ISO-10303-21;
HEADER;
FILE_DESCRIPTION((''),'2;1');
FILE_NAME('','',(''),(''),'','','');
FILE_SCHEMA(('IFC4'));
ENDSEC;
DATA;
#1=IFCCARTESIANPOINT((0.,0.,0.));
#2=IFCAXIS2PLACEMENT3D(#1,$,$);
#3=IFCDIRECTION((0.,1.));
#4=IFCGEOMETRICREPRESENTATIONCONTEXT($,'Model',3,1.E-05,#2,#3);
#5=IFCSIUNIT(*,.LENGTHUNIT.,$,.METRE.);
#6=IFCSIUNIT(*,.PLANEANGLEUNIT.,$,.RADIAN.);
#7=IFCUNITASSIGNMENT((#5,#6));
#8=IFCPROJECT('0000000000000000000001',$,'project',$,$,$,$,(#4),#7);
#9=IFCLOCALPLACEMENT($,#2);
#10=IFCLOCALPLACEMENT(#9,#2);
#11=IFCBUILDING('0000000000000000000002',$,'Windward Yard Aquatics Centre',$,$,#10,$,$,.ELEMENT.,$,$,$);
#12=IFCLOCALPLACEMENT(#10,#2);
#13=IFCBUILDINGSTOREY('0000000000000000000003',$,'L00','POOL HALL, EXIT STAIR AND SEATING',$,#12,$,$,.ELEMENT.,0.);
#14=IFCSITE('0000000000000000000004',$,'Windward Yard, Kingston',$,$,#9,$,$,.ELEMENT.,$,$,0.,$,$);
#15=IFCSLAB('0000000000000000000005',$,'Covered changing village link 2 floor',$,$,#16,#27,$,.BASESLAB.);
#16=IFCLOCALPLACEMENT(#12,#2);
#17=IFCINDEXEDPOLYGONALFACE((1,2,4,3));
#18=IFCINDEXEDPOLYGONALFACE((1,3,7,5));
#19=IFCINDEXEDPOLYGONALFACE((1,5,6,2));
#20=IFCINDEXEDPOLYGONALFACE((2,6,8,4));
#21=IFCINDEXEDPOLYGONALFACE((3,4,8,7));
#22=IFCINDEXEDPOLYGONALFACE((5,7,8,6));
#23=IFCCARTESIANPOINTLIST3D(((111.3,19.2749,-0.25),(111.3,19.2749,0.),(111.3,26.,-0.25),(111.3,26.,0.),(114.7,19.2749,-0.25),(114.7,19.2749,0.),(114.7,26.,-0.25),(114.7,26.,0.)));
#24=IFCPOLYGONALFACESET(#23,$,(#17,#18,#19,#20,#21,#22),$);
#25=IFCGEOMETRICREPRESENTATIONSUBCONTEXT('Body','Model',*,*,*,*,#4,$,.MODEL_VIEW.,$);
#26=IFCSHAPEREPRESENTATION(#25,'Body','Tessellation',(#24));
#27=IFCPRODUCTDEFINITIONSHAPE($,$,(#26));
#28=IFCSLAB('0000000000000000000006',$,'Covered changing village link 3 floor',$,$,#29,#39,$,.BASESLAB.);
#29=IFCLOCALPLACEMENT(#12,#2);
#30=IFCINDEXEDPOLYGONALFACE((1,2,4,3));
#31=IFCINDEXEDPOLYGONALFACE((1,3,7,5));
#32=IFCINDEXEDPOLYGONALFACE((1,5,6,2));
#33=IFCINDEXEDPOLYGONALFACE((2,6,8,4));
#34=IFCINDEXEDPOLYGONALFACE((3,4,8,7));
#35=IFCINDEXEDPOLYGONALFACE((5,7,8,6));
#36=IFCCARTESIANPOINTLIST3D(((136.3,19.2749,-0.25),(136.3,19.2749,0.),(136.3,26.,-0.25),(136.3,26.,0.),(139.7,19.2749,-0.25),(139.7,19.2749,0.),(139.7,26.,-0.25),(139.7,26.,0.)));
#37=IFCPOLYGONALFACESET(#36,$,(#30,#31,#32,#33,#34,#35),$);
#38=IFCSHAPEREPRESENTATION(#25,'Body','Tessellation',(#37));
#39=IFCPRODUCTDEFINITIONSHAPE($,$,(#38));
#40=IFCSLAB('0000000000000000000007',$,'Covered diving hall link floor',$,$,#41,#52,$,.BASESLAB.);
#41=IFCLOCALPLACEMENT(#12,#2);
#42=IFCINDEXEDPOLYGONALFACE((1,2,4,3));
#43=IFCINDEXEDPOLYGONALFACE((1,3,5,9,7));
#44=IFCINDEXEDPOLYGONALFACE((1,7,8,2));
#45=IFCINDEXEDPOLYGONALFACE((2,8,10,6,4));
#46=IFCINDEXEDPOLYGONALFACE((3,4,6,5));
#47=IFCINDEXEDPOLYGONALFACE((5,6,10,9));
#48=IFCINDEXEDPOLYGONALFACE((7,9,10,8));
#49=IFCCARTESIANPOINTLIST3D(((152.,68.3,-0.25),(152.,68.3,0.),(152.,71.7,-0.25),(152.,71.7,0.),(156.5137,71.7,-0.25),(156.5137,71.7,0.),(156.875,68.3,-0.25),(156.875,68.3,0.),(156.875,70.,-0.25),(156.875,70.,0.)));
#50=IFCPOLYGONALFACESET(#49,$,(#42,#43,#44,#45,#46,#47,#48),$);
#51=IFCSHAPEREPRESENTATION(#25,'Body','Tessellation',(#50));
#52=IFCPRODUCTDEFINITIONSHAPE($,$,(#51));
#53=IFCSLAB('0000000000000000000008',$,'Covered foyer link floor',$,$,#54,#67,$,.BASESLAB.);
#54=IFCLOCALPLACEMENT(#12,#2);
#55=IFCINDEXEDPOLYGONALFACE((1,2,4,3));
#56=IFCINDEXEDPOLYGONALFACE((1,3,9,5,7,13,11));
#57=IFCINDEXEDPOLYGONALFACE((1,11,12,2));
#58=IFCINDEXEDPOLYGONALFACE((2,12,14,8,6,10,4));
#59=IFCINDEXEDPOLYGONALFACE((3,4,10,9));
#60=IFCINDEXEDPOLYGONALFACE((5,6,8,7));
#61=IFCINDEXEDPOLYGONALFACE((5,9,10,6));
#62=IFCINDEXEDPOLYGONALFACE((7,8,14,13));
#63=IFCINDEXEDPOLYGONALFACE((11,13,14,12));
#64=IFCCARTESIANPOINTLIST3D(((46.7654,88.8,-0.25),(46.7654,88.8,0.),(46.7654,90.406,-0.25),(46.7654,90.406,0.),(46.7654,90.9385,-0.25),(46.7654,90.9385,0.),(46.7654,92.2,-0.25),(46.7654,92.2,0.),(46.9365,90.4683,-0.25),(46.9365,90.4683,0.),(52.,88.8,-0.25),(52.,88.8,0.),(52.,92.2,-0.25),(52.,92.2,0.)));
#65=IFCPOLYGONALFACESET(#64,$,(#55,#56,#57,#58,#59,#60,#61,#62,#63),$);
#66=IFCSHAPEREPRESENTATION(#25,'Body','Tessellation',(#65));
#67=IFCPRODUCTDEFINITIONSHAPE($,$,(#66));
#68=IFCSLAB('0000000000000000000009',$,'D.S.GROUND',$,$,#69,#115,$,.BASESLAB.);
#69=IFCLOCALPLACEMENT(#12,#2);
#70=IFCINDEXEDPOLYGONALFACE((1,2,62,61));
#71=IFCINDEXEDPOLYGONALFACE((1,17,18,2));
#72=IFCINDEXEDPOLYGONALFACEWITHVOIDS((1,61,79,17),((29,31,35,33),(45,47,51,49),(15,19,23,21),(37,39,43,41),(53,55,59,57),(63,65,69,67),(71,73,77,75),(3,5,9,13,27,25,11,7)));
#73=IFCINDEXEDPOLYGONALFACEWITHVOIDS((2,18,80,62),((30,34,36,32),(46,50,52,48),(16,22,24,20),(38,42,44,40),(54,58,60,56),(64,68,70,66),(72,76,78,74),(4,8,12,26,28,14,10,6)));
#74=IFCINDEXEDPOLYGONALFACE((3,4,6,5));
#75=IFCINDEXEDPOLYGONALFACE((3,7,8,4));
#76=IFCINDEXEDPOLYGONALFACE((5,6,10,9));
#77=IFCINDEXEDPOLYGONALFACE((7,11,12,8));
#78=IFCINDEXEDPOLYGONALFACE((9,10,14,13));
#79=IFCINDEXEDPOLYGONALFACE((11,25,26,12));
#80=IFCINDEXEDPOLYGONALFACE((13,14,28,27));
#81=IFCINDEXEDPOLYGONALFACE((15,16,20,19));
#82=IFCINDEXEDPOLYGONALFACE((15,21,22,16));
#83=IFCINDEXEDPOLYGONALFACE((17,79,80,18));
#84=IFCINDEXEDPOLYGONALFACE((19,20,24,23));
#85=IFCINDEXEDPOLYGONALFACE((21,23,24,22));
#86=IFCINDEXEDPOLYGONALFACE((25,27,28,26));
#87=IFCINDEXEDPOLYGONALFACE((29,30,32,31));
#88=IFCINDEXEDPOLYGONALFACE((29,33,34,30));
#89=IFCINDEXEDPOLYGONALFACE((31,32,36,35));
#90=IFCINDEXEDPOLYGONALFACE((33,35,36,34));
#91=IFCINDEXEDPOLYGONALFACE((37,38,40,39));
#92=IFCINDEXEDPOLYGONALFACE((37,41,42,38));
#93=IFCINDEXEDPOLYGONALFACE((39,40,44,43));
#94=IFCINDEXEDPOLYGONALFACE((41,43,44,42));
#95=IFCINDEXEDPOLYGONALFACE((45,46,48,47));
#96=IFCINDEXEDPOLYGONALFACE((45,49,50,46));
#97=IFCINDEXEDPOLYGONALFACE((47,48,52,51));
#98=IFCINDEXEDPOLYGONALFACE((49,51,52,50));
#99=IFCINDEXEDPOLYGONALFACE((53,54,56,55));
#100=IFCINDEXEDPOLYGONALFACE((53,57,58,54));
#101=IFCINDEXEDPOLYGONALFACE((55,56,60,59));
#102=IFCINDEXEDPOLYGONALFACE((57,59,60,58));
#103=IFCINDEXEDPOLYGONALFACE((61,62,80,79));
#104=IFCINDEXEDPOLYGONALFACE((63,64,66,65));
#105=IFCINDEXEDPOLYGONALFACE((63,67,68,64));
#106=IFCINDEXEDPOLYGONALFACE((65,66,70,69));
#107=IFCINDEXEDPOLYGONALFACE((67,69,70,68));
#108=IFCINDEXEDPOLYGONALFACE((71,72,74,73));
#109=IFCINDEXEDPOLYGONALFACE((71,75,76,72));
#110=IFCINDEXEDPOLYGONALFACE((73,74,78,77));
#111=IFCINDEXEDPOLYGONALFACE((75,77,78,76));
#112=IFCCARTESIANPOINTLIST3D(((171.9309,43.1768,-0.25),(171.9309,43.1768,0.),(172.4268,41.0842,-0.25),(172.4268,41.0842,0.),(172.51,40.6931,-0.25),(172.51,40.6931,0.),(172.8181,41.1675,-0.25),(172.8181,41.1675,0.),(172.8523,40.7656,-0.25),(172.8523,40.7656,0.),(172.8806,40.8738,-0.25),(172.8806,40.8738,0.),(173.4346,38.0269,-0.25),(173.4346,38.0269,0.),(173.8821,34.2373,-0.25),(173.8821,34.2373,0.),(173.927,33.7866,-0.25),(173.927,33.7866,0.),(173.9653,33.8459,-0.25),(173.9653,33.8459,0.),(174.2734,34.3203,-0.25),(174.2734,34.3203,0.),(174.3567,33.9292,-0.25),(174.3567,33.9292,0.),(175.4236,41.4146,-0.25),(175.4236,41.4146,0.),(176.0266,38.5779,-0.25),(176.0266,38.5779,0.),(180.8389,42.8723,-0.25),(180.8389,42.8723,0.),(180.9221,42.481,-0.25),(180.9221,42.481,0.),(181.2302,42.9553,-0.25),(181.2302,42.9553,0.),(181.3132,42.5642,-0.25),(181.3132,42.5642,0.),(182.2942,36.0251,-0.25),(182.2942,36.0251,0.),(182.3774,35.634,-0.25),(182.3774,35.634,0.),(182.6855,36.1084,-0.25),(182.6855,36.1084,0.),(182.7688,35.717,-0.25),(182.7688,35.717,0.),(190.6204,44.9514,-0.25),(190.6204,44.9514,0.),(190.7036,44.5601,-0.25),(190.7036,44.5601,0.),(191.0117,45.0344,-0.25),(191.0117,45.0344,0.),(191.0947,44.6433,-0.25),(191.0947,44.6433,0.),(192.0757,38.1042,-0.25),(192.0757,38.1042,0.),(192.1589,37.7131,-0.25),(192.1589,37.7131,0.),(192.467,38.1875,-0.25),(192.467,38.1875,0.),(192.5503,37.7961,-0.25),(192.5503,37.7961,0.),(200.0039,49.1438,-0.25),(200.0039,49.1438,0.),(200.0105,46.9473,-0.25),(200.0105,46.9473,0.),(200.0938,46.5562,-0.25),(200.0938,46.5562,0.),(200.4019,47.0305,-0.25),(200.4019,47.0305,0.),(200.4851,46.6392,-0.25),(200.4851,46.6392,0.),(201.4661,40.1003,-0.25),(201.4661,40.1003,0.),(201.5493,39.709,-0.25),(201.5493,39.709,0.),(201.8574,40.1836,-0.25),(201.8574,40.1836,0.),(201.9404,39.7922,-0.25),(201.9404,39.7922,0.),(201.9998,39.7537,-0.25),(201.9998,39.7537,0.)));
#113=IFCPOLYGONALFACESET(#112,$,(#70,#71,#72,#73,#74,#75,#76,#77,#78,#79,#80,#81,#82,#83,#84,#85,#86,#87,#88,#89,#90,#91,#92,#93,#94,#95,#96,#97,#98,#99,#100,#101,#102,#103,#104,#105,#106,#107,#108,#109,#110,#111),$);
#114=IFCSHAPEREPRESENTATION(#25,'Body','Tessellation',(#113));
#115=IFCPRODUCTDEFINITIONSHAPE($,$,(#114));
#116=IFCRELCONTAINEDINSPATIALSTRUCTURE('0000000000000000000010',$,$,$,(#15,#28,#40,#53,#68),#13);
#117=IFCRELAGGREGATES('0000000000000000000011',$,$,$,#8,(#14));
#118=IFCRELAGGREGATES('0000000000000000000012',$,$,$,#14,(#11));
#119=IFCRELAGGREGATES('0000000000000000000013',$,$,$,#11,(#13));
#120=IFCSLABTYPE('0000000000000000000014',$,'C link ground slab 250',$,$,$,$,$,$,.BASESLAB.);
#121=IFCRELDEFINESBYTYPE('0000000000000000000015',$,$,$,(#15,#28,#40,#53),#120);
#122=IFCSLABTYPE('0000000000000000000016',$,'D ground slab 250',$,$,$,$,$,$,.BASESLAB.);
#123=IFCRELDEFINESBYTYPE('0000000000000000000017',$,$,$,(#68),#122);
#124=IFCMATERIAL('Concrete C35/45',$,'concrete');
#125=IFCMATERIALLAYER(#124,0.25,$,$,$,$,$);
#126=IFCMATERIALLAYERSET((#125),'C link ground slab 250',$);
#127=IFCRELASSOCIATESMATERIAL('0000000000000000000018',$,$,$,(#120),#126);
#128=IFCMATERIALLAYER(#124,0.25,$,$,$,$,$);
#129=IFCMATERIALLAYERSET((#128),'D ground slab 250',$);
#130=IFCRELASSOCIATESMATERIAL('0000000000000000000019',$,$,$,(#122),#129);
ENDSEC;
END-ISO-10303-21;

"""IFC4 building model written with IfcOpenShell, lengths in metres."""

from ifc_helpers import new_model, si_unit, direction, frame, origin, place, context, subcontext, project, spatial, polyline, outline, extrude, material, layer, layer_set, type_object, element, save


model = new_model("IFC4")

# Units and contexts
model_context = context("Model", 3, precision=1e-05, world=origin(), true_north=direction((0.0, 1.0)))
body_context = subcontext(model_context, "Body", "Model", "MODEL_VIEW")
ifc_project = project(units=[si_unit("LENGTHUNIT", "METRE"), si_unit("PLANEANGLEUNIT", "RADIAN")], contexts=[model_context])

# Site, building, storey
site_placement = place(None, origin())
site = spatial("IfcSite", under=ifc_project, at=site_placement, Name="Windward Yard, Kingston", CompositionType="ELEMENT", RefElevation=0.0)
building_placement = place(site_placement, origin())
building = spatial("IfcBuilding", under=site, at=building_placement, Name="Windward Yard Aquatics Centre", CompositionType="ELEMENT")
storey_placement = place(building_placement, origin())
storey = spatial("IfcBuildingStorey", under=building, at=storey_placement, Name="L00", Description="POOL HALL, EXIT STAIR AND SEATING", CompositionType="ELEMENT", Elevation=0.0)

# Slabs
ifc_material_1 = material(Name="Concrete C35/45", Category="concrete")
ifc_layer_1 = layer(ifc_material_1, 0.25)
ifc_layer_set_1 = layer_set([ifc_layer_1], Name="C link ground slab 250")
slab_type_1 = type_object("IfcSlabType", Name="C link ground slab 250", PredefinedType="BASESLAB", material=ifc_layer_set_1)
slab_1_placement = place(storey_placement, frame((0.0, 0.0, -0.25)))
element("IfcSlab", 1, at=slab_1_placement, inside=storey, type_object=slab_type_1, Name="Covered changing village link 2 floor", PredefinedType="BASESLAB", context=body_context, shape_type="SweptSolid", body=[
    extrude(outline(polyline([(111.3, 19.2749), (111.3, 26.0), (114.7, 26.0), (114.7, 19.2749), (111.3, 19.2749)])), origin(), (0.0, 0.0, 1.0), 0.25),
])
slab_2_placement = place(storey_placement, frame((0.0, 0.0, -0.25)))
element("IfcSlab", 2, at=slab_2_placement, inside=storey, type_object=slab_type_1, Name="Covered changing village link 3 floor", PredefinedType="BASESLAB", context=body_context, shape_type="SweptSolid", body=[
    extrude(outline(polyline([(136.3, 19.2749), (136.3, 26.0), (139.7, 26.0), (139.7, 19.2749), (136.3, 19.2749)])), origin(), (0.0, 0.0, 1.0), 0.25),
])
slab_3_placement = place(storey_placement, frame((0.0, 0.0, -0.25)))
element("IfcSlab", 3, at=slab_3_placement, inside=storey, type_object=slab_type_1, Name="Covered diving hall link floor", PredefinedType="BASESLAB", context=body_context, shape_type="SweptSolid", body=[
    extrude(outline(polyline([(152.0, 68.3), (152.0, 71.7), (156.5137, 71.7), (156.875, 70.0), (156.875, 68.3), (152.0, 68.3)])), origin(), (0.0, 0.0, 1.0), 0.25),
])
slab_4_placement = place(storey_placement, frame((0.0, 0.0, -0.25)))
element("IfcSlab", 4, at=slab_4_placement, inside=storey, type_object=slab_type_1, Name="Covered foyer link floor", PredefinedType="BASESLAB", context=body_context, shape_type="SweptSolid", body=[
    extrude(outline(polyline([(46.7654, 88.8), (46.7654, 90.406), (46.9365, 90.4683), (46.7654, 90.9385), (46.7654, 92.2), (52.0, 92.2), (52.0, 88.8), (46.7654, 88.8)])), origin(), (0.0, 0.0, 1.0), 0.25),
])
ifc_layer_2 = layer(ifc_material_1, 0.25)
ifc_layer_set_2 = layer_set([ifc_layer_2], Name="D ground slab 250")
slab_type_2 = type_object("IfcSlabType", Name="D ground slab 250", PredefinedType="BASESLAB", material=ifc_layer_set_2)
slab_5_placement = place(storey_placement, frame((0.0, 0.0, -0.25)))
element("IfcSlab", 5, at=slab_5_placement, inside=storey, type_object=slab_type_2, Name="D.S.GROUND", PredefinedType="BASESLAB", context=body_context, shape_type="SweptSolid", body=[
    extrude(outline(polyline([(171.9309, 43.1768), (173.927, 33.7866), (201.9998, 39.7537), (200.0039, 49.1438), (171.9309, 43.1768)]), holes=[polyline([(173.8821, 34.2373), (174.2734, 34.3203), (174.3567, 33.9292), (173.9653, 33.8459), (173.8821, 34.2373)]), polyline([(182.2942, 36.0251), (182.6855, 36.1084), (182.7688, 35.717), (182.3774, 35.634), (182.2942, 36.0251)]), polyline([(192.0757, 38.1042), (192.467, 38.1875), (192.5503, 37.7961), (192.1589, 37.7131), (192.0757, 38.1042)]), polyline([(201.4661, 40.1003), (201.8574, 40.1836), (201.9404, 39.7922), (201.5493, 39.709), (201.4661, 40.1003)]), polyline([(172.4268, 41.0842), (172.8181, 41.1675), (172.8806, 40.8738), (175.4236, 41.4146), (176.0266, 38.5779), (173.4346, 38.0269), (172.8523, 40.7656), (172.51, 40.6931), (172.4268, 41.0842)]), polyline([(180.8389, 42.8723), (181.2302, 42.9553), (181.3132, 42.5642), (180.9221, 42.481), (180.8389, 42.8723)]), polyline([(190.6204, 44.9514), (191.0117, 45.0344), (191.0947, 44.6433), (190.7036, 44.5601), (190.6204, 44.9514)]), polyline([(200.0105, 46.9473), (200.4019, 47.0305), (200.4851, 46.6392), (200.0938, 46.5562), (200.0105, 46.9473)])]), origin(), (0.0, 0.0, 1.0), 0.25),
])

save(model, "model.ifc")
